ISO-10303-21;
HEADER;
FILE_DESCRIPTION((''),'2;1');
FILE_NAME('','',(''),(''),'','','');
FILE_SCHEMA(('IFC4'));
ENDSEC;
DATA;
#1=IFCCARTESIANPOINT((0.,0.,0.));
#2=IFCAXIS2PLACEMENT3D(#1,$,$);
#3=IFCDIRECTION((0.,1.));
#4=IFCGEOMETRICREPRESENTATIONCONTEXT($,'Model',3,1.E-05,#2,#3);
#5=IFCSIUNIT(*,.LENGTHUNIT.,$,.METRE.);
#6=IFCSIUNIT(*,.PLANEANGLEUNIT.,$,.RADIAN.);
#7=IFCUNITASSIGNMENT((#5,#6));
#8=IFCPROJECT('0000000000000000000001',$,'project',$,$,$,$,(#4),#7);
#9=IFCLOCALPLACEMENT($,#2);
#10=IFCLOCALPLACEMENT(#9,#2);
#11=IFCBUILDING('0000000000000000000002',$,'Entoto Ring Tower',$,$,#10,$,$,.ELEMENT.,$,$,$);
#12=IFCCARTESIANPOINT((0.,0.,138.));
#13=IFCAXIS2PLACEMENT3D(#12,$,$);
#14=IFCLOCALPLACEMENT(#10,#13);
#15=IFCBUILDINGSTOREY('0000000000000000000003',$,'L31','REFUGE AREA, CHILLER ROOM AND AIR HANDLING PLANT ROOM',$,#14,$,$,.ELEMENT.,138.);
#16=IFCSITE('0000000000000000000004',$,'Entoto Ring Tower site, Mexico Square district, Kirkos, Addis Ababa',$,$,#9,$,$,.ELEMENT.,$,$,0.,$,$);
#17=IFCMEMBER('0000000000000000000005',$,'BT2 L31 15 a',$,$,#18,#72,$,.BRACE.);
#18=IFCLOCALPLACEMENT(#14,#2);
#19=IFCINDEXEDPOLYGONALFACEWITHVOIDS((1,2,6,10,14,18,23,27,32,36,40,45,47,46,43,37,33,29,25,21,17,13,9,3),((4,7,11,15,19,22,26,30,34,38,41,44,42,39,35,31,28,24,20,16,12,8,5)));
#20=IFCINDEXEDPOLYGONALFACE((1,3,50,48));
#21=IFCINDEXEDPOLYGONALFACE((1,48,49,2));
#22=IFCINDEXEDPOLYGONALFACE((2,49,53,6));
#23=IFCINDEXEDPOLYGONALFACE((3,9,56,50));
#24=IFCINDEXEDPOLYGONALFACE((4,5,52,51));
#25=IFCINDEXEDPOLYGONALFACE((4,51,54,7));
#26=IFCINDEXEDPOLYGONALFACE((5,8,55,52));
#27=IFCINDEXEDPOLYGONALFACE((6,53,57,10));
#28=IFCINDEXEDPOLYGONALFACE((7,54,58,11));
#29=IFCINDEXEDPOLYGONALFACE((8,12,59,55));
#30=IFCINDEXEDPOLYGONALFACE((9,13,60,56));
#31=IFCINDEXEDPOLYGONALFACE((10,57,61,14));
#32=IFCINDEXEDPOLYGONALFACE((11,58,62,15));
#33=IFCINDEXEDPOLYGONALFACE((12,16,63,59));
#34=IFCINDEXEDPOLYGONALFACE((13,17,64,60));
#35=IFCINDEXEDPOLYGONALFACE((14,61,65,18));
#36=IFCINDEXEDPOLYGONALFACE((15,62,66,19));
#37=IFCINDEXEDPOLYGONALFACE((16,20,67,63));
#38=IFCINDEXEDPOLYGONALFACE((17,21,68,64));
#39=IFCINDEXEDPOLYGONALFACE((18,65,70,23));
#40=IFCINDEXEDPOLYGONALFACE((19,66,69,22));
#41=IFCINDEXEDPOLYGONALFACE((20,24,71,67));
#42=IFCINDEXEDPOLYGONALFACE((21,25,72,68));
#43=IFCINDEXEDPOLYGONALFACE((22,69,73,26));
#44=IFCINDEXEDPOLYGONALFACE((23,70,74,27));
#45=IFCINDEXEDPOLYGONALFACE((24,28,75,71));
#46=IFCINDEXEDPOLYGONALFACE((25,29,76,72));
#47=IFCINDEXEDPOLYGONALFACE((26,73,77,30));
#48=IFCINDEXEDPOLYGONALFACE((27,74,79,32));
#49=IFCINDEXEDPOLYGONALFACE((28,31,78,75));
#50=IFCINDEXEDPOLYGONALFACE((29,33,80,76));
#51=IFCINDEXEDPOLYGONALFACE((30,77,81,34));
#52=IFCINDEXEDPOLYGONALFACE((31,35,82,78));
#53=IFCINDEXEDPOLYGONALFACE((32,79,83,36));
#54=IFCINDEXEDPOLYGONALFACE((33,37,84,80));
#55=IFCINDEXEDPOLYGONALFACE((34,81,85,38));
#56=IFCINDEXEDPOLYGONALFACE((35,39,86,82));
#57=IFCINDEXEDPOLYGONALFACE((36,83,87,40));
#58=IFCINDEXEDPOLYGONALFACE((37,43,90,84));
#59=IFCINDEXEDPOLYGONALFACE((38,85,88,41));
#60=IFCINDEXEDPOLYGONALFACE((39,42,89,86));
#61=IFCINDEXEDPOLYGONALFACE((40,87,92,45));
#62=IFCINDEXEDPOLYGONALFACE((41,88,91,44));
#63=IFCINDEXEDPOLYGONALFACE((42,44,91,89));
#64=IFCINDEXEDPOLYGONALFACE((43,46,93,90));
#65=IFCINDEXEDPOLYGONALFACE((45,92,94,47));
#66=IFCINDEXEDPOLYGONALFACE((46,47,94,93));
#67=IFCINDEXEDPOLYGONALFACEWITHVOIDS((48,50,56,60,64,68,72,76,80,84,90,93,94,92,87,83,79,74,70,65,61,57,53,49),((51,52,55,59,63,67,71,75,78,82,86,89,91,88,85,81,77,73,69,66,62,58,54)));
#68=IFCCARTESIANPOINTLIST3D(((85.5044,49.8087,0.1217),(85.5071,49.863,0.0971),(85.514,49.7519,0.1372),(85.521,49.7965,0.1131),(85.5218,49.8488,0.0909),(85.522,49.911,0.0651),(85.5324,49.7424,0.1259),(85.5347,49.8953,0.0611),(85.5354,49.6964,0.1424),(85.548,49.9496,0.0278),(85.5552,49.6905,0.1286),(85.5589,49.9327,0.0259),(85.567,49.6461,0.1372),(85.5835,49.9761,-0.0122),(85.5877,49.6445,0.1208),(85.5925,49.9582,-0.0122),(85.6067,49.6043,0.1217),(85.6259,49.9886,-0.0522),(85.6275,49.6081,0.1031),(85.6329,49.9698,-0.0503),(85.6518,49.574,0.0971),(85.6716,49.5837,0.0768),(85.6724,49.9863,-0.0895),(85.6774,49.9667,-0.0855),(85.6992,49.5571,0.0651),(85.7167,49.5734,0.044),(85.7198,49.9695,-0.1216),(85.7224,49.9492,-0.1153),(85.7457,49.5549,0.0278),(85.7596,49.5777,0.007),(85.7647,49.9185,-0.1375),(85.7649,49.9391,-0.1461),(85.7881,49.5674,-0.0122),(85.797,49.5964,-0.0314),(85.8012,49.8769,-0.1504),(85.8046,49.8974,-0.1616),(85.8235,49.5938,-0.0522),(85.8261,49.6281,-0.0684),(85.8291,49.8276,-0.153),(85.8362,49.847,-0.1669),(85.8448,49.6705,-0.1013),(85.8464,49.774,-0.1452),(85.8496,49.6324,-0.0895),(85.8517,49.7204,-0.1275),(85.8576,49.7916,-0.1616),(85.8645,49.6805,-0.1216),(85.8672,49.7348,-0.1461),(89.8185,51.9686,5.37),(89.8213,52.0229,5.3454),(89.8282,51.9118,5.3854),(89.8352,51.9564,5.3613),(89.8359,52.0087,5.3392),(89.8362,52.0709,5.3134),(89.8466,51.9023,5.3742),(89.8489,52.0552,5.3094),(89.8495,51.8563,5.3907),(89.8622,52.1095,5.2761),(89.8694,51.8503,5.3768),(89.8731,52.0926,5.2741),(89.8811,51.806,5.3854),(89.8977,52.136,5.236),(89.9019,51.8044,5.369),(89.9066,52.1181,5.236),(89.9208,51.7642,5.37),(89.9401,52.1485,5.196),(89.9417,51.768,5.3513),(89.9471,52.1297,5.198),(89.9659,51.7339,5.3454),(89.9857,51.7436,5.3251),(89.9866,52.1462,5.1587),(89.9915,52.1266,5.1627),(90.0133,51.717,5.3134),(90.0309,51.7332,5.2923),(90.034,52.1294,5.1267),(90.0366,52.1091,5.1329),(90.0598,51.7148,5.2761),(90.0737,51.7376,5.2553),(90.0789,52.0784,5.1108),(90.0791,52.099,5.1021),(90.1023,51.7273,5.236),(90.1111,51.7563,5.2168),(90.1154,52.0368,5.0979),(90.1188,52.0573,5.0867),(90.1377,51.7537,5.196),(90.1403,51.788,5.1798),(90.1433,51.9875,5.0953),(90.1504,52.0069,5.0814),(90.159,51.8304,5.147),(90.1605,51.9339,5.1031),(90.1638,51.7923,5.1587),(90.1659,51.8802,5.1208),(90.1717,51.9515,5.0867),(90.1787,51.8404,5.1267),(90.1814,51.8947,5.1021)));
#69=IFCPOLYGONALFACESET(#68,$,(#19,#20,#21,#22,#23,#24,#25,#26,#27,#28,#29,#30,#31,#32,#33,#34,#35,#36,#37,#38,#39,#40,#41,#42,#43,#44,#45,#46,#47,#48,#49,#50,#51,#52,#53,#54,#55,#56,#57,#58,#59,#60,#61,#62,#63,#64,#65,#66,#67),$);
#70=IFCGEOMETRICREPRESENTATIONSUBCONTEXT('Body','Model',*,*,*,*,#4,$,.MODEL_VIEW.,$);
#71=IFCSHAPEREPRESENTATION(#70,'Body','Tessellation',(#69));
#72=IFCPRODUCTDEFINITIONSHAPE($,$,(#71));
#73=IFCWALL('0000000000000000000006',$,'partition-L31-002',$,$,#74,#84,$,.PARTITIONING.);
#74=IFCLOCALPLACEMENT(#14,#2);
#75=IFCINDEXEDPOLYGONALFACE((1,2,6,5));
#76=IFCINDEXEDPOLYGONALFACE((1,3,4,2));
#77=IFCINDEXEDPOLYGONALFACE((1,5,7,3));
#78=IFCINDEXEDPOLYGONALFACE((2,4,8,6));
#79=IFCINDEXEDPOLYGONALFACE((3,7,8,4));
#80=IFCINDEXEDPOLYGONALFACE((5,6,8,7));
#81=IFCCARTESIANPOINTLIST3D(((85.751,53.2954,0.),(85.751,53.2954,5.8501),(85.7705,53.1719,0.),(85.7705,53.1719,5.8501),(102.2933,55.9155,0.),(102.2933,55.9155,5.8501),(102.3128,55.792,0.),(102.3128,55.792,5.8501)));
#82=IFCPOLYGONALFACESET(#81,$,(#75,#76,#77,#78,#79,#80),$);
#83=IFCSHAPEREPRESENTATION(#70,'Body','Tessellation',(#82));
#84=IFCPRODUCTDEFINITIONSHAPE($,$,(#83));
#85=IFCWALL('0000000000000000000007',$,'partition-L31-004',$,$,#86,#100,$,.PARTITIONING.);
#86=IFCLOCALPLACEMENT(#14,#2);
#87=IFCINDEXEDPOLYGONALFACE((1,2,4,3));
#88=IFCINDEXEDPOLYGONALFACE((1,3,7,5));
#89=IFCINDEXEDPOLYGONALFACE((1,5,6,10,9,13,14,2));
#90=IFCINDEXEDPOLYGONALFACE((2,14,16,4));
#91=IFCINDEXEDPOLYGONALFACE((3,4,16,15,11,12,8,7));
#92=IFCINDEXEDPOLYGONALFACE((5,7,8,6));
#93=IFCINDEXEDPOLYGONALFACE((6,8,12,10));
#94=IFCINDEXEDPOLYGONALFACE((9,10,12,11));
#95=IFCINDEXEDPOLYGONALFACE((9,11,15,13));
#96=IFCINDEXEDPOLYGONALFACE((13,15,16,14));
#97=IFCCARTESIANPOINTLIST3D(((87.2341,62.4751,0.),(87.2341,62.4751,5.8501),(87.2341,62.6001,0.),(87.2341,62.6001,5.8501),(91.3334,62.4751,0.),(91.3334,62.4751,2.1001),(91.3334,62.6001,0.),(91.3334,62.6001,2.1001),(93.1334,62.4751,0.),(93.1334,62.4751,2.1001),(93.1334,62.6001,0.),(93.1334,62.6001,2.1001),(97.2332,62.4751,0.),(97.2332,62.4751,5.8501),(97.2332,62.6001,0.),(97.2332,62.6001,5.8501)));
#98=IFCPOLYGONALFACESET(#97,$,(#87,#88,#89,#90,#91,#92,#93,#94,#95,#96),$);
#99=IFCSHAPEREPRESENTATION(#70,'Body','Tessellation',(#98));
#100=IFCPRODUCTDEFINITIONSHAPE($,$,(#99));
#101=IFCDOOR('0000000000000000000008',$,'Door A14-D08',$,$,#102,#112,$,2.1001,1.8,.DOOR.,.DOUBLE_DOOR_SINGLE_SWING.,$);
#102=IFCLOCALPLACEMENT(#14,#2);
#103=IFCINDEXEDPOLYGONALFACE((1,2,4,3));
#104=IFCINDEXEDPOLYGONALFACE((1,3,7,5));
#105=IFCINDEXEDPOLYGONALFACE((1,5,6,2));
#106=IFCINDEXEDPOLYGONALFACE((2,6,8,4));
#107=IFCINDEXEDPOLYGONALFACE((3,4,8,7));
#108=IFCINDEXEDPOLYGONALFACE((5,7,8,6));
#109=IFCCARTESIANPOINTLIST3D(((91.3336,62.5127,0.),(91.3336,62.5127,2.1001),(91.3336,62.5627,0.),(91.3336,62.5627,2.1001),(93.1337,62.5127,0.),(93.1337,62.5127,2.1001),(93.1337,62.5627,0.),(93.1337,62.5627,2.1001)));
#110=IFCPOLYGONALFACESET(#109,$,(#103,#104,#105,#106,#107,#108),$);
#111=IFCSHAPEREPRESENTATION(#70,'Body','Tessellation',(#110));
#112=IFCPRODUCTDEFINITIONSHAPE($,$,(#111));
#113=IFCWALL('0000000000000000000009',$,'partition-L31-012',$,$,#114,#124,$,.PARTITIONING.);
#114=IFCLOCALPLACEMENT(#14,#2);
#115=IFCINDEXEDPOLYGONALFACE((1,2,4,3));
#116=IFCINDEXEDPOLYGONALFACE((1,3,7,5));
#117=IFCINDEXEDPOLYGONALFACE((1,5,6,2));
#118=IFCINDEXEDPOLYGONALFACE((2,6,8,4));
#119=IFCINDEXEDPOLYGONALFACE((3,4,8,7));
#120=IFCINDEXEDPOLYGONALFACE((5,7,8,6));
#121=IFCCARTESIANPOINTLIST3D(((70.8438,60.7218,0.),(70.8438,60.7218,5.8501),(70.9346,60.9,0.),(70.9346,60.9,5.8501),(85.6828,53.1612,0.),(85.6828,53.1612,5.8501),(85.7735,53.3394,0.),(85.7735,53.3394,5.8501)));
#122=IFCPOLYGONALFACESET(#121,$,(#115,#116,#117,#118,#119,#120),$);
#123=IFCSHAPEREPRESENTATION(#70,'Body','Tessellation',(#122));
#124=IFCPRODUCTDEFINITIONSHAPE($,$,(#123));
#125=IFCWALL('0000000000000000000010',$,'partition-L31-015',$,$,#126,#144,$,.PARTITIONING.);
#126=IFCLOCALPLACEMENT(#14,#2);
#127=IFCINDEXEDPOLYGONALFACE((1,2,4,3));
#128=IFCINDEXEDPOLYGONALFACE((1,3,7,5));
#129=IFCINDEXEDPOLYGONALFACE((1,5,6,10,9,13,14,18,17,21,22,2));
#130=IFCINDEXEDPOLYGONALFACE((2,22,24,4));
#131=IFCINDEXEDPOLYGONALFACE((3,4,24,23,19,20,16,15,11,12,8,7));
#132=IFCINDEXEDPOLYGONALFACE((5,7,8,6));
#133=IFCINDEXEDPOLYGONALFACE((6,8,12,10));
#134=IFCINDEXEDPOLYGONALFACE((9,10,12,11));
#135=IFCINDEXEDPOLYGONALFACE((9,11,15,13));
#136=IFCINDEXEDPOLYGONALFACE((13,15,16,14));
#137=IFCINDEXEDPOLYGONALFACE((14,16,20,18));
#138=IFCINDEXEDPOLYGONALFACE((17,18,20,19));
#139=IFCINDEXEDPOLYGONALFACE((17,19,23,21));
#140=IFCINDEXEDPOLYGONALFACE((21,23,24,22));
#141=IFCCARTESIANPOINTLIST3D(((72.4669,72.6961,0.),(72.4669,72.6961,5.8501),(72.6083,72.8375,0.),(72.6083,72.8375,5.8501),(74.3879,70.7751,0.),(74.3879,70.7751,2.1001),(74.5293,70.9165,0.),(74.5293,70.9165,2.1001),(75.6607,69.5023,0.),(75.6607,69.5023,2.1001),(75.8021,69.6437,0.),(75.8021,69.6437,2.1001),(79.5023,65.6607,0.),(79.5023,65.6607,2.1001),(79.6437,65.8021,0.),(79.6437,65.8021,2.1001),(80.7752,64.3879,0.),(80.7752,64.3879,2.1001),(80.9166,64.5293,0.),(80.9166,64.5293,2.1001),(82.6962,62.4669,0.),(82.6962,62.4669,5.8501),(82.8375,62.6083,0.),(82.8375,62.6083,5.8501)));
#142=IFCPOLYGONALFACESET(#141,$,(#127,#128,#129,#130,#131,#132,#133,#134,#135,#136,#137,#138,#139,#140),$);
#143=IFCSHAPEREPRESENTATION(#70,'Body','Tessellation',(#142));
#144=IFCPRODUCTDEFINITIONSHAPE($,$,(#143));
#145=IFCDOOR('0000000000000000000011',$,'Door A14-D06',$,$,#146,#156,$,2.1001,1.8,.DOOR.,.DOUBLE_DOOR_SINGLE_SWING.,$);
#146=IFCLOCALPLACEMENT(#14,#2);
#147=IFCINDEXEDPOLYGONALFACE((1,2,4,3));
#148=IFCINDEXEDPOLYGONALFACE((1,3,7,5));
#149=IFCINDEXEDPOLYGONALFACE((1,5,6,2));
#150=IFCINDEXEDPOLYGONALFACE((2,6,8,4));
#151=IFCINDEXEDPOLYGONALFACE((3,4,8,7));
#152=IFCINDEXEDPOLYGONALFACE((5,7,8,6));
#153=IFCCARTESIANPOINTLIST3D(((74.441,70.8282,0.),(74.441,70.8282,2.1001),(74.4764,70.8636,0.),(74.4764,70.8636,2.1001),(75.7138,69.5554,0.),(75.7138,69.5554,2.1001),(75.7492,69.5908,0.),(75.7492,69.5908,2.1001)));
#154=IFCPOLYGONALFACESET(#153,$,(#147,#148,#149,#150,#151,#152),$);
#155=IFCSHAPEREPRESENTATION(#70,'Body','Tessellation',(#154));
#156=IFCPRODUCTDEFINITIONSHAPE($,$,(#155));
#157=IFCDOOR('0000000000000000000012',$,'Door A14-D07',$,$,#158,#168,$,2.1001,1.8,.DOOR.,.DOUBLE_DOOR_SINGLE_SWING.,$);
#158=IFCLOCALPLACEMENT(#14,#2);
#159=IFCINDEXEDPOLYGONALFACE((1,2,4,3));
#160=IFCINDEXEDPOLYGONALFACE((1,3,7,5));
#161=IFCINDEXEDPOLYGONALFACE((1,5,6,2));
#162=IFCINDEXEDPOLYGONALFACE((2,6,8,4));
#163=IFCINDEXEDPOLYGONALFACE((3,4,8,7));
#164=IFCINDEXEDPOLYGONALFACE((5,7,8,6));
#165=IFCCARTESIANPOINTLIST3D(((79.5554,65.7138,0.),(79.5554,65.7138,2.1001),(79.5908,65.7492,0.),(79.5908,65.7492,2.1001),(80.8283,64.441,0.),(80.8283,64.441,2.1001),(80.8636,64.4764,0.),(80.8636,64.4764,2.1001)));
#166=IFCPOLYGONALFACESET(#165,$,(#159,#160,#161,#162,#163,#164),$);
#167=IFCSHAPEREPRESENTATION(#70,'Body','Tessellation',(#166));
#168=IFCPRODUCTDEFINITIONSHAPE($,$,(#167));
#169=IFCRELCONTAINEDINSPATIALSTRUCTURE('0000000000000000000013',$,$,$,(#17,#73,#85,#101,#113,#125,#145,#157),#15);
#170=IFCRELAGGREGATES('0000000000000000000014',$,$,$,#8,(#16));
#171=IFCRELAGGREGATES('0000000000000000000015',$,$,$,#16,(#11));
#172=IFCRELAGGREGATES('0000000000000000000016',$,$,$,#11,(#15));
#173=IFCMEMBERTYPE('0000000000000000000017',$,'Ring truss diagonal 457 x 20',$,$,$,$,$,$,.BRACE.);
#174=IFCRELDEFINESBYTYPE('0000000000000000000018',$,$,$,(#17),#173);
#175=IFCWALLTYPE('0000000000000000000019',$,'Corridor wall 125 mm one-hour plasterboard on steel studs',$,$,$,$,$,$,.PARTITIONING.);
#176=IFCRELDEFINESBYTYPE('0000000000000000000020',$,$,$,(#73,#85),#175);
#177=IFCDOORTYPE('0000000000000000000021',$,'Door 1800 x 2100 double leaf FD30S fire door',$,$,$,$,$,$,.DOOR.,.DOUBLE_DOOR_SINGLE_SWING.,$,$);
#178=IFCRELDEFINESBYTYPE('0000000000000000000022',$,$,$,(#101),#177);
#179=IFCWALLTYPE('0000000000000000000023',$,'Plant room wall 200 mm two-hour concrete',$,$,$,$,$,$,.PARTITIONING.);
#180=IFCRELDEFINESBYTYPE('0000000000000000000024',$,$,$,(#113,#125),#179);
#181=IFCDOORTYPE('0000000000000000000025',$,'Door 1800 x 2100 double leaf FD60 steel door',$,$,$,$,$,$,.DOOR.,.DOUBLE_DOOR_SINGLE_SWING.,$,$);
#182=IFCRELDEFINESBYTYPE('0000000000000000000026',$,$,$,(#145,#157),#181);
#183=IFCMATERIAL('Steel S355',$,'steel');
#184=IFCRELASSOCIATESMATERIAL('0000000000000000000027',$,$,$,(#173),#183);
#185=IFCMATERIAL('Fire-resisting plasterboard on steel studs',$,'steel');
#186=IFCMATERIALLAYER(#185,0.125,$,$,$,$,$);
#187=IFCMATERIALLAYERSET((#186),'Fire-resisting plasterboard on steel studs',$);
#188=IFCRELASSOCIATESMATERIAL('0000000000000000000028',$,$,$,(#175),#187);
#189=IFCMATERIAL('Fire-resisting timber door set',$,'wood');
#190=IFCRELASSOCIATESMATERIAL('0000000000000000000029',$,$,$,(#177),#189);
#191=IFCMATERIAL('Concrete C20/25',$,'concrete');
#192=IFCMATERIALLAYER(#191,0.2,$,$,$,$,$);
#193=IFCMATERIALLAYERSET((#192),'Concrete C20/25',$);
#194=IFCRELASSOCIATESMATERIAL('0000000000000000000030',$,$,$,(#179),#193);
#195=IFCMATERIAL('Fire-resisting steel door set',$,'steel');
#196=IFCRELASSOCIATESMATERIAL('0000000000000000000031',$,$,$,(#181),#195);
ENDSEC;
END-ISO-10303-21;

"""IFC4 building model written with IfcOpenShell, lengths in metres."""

from ifc_helpers import new_model, si_unit, direction, frame, frame_2d, origin, origin_2d, place, context, subcontext, project, spatial, rectangle, circle, hollow_circle, extrude, material, layer, layer_set, material_profile, profile_set, type_object, element, fill, save


model = new_model("IFC4")

# Units and contexts
model_context = context("Model", 3, precision=1e-05, world=origin(), true_north=direction((0.0, 1.0)))
body_context = subcontext(model_context, "Body", "Model", "MODEL_VIEW")
ifc_project = project(units=[si_unit("LENGTHUNIT", "METRE"), si_unit("PLANEANGLEUNIT", "RADIAN")], contexts=[model_context])

# Site, building, storey
site_placement = place(None, origin())
site = spatial("IfcSite", under=ifc_project, at=site_placement, Name="Entoto Ring Tower site, Mexico Square district, Kirkos, Addis Ababa", CompositionType="ELEMENT", RefElevation=0.0)
building_placement = place(site_placement, origin())
building = spatial("IfcBuilding", under=site, at=building_placement, Name="Entoto Ring Tower", CompositionType="ELEMENT")
storey_placement = place(building_placement, frame((0.0, 0.0, 138.0)))
storey = spatial("IfcBuildingStorey", under=building, at=storey_placement, Name="L31", Description="REFUGE AREA, CHILLER ROOM AND AIR HANDLING PLANT ROOM", CompositionType="ELEMENT", Elevation=138.0)

# Member
ifc_material_1 = material(Name="Steel S355", Category="steel")
ifc_material_profile_1 = material_profile(ifc_material_1, hollow_circle(Radius=0.2285, WallThickness=0.02, at=origin_2d()), Name="CHS 457 x 20")
ifc_material_2 = material(Name="Concrete C60/75", Category="concrete")
ifc_material_profile_2 = material_profile(ifc_material_2, circle(Radius=0.2085, at=origin_2d()), Name="Concrete C60/75 infill")
ifc_profile_set_1 = profile_set([ifc_material_profile_1, ifc_material_profile_2], Name="Steel S355")
member_type_1 = type_object("IfcMemberType", Name="Ring truss diagonal 457 x 20", PredefinedType="BRACE", material=ifc_profile_set_1)
for number, where, z_axis, x_axis, name in (
    (1, (85.6858, 49.7717, -0.0122), (0.605166, 0.302977, 0.736192), (-0.447679, 0.894194, 0.0), "BT2 L31 15 a"),
):
    element("IfcMember", number, at=place(storey_placement, frame(where, z_axis=z_axis, x_axis=x_axis)), inside=storey, type_object=member_type_1, Name=name, PredefinedType="BRACE", context=body_context, shape_type="SweptSolid", body=[
        extrude(hollow_circle(Radius=0.2285, WallThickness=0.02, at=origin_2d()), origin(), (0.0, 0.0, 1.0), 7.1289),
    ])

# Wall
ifc_material_3 = material(Name="Fire-resisting plasterboard on steel studs", Category="steel")
ifc_layer_1 = layer(ifc_material_3, 0.125)
ifc_layer_set_1 = layer_set([ifc_layer_1], Name="Fire-resisting plasterboard on steel studs")
wall_type_1 = type_object("IfcWallType", Name="Corridor wall 125 mm one-hour plasterboard on steel studs", PredefinedType="PARTITIONING", material=ifc_layer_set_1)
wall_1_placement = place(storey_placement, frame((85.7607, 53.2336, 0.0), z_axis=(0.0, 0.0, 1.0), x_axis=(0.987688, 0.156439, 0.0)))
element("IfcWall", 2, at=wall_1_placement, inside=storey, type_object=wall_type_1, Name="partition-L31-002", PredefinedType="PARTITIONING", context=body_context, shape_type="SweptSolid", body=[
    extrude(rectangle(XDim=16.7485, YDim=0.125, at=frame_2d((8.3743, 0.0))), origin(), (0.0, 0.0, 1.0), 5.8501),
])

# Wall, opening, door
wall_2_placement = place(storey_placement, frame((87.2341, 62.5376, 0.0), z_axis=(0.0, 0.0, 1.0), x_axis=(1.0, 0.0, 0.0)))
wall_2 = element("IfcWall", 3, at=wall_2_placement, inside=storey, type_object=wall_type_1, Name="partition-L31-004", PredefinedType="PARTITIONING", context=body_context, shape_type="SweptSolid", body=[
    extrude(rectangle(XDim=9.999, YDim=0.125, at=frame_2d((4.9995, 0.0))), origin(), (0.0, 0.0, 1.0), 5.8501),
])
opening_1_placement = place(wall_2_placement, frame((4.0994, 0.0, 0.0)))
opening_1 = element("IfcOpeningElement", 4, at=opening_1_placement, cuts=wall_2, PredefinedType="OPENING", context=body_context, shape_type="SweptSolid", body=[
    extrude(rectangle(XDim=1.8, YDim=2.1001, at=frame_2d((0.8999, 1.05))), frame((0.0, 0.0725, 0.0), z_axis=(0.0, -1.0, 0.0), x_axis=(1.0, 0.0, 0.0)), (0.0, 0.0, 1.0), 0.145),
])
ifc_material_4 = material(Name="Fire-resisting timber door set", Category="wood")
door_type_1 = type_object("IfcDoorType", Name="Door 1800 x 2100 double leaf FD30S fire door", OperationType="DOUBLE_DOOR_SINGLE_SWING", PredefinedType="DOOR", material=ifc_material_4)
door_1_placement = place(opening_1_placement, frame((1.8, 0.0, 0.0), z_axis=(0.0, 0.0, 1.0), x_axis=(-1.0, 0.0, 0.0)))
door_1 = element("IfcDoor", 5, at=door_1_placement, inside=storey, type_object=door_type_1, Name="Door A14-D08", OperationType="DOUBLE_DOOR_SINGLE_SWING", OverallHeight=2.1001, OverallWidth=1.8, PredefinedType="DOOR", context=body_context, shape_type="SweptSolid", body=[
    extrude(rectangle(XDim=1.8, YDim=2.1001, at=frame_2d((0.8999, 1.05))), frame((0.0, 0.0249, 0.0), z_axis=(0.0, -1.0, 0.0), x_axis=(1.0, 0.0, 0.0)), (0.0, 0.0, 1.0), 0.05),
])
fill(opening_1, door_1)

# Wall
ifc_material_5 = material(Name="Concrete C20/25", Category="concrete")
ifc_layer_2 = layer(ifc_material_5, 0.2)
ifc_layer_set_2 = layer_set([ifc_layer_2], Name="Concrete C20/25")
wall_type_2 = type_object("IfcWallType", Name="Plant room wall 200 mm two-hour concrete", PredefinedType="PARTITIONING", material=ifc_layer_set_2)
wall_3_placement = place(storey_placement, frame((85.7283, 53.2502, 0.0), z_axis=(0.0, 0.0, 1.0), x_axis=(-0.891012, 0.453979, 0.0)))
element("IfcWall", 6, at=wall_3_placement, inside=storey, type_object=wall_type_2, Name="partition-L31-012", PredefinedType="PARTITIONING", context=body_context, shape_type="SweptSolid", body=[
    extrude(rectangle(XDim=16.6541, YDim=0.2, at=frame_2d((8.3271, 0.0))), origin(), (0.0, 0.0, 1.0), 5.8501),
])

# Wall, openings, doors
wall_4_placement = place(storey_placement, frame((82.7668, 62.5376, 0.0), z_axis=(0.0, 0.0, 1.0), x_axis=(-0.707107, 0.707107, 0.0)))
wall_4 = element("IfcWall", 7, at=wall_4_placement, inside=storey, type_object=wall_type_2, Name="partition-L31-015", PredefinedType="PARTITIONING", context=body_context, shape_type="SweptSolid", body=[
    extrude(rectangle(XDim=14.4663, YDim=0.2, at=frame_2d((7.2332, 0.0))), origin(), (0.0, 0.0, 1.0), 5.8501),
])
opening_2_placement = place(wall_4_placement, frame((9.9497, 0.0, 0.0)))
opening_2 = element("IfcOpeningElement", 8, at=opening_2_placement, cuts=wall_4, PredefinedType="OPENING", context=body_context, shape_type="SweptSolid", body=[
    extrude(rectangle(XDim=1.8, YDim=2.1001, at=frame_2d((0.8999, 1.05))), frame((0.0, 0.1099, 0.0), z_axis=(0.0, -1.0, 0.0), x_axis=(1.0, 0.0, 0.0)), (0.0, 0.0, 1.0), 0.22),
])
opening_3_placement = place(wall_4_placement, frame((2.7168, 0.0, 0.0)))
opening_3 = element("IfcOpeningElement", 9, at=opening_3_placement, cuts=wall_4, PredefinedType="OPENING", context=body_context, shape_type="SweptSolid", body=[
    extrude(rectangle(XDim=1.8, YDim=2.1001, at=frame_2d((0.8999, 1.05))), frame((0.0, 0.1099, 0.0), z_axis=(0.0, -1.0, 0.0), x_axis=(1.0, 0.0, 0.0)), (0.0, 0.0, 1.0), 0.22),
])
ifc_material_6 = material(Name="Fire-resisting steel door set", Category="steel")
door_type_2 = type_object("IfcDoorType", Name="Door 1800 x 2100 double leaf FD60 steel door", OperationType="DOUBLE_DOOR_SINGLE_SWING", PredefinedType="DOOR", material=ifc_material_6)
door_2_placement = place(opening_2_placement, origin())
door_2 = element("IfcDoor", 10, at=door_2_placement, inside=storey, type_object=door_type_2, Name="Door A14-D06", OperationType="DOUBLE_DOOR_SINGLE_SWING", OverallHeight=2.1001, OverallWidth=1.8, PredefinedType="DOOR", context=body_context, shape_type="SweptSolid", body=[
    extrude(rectangle(XDim=1.8, YDim=2.1001, at=frame_2d((0.8999, 1.05))), frame((0.0, 0.0249, 0.0), z_axis=(0.0, -1.0, 0.0), x_axis=(1.0, 0.0, 0.0)), (0.0, 0.0, 1.0), 0.05),
])
fill(opening_2, door_2)
door_3_placement = place(opening_3_placement, origin())
door_3 = element("IfcDoor", 11, at=door_3_placement, inside=storey, type_object=door_type_2, Name="Door A14-D07", OperationType="DOUBLE_DOOR_SINGLE_SWING", OverallHeight=2.1001, OverallWidth=1.8, PredefinedType="DOOR", context=body_context, shape_type="SweptSolid", body=[
    extrude(rectangle(XDim=1.8, YDim=2.1001, at=frame_2d((0.8999, 1.05))), frame((0.0, 0.0249, 0.0), z_axis=(0.0, -1.0, 0.0), x_axis=(1.0, 0.0, 0.0)), (0.0, 0.0, 1.0), 0.05),
])
fill(opening_3, door_3)

save(model, "model.ifc")
